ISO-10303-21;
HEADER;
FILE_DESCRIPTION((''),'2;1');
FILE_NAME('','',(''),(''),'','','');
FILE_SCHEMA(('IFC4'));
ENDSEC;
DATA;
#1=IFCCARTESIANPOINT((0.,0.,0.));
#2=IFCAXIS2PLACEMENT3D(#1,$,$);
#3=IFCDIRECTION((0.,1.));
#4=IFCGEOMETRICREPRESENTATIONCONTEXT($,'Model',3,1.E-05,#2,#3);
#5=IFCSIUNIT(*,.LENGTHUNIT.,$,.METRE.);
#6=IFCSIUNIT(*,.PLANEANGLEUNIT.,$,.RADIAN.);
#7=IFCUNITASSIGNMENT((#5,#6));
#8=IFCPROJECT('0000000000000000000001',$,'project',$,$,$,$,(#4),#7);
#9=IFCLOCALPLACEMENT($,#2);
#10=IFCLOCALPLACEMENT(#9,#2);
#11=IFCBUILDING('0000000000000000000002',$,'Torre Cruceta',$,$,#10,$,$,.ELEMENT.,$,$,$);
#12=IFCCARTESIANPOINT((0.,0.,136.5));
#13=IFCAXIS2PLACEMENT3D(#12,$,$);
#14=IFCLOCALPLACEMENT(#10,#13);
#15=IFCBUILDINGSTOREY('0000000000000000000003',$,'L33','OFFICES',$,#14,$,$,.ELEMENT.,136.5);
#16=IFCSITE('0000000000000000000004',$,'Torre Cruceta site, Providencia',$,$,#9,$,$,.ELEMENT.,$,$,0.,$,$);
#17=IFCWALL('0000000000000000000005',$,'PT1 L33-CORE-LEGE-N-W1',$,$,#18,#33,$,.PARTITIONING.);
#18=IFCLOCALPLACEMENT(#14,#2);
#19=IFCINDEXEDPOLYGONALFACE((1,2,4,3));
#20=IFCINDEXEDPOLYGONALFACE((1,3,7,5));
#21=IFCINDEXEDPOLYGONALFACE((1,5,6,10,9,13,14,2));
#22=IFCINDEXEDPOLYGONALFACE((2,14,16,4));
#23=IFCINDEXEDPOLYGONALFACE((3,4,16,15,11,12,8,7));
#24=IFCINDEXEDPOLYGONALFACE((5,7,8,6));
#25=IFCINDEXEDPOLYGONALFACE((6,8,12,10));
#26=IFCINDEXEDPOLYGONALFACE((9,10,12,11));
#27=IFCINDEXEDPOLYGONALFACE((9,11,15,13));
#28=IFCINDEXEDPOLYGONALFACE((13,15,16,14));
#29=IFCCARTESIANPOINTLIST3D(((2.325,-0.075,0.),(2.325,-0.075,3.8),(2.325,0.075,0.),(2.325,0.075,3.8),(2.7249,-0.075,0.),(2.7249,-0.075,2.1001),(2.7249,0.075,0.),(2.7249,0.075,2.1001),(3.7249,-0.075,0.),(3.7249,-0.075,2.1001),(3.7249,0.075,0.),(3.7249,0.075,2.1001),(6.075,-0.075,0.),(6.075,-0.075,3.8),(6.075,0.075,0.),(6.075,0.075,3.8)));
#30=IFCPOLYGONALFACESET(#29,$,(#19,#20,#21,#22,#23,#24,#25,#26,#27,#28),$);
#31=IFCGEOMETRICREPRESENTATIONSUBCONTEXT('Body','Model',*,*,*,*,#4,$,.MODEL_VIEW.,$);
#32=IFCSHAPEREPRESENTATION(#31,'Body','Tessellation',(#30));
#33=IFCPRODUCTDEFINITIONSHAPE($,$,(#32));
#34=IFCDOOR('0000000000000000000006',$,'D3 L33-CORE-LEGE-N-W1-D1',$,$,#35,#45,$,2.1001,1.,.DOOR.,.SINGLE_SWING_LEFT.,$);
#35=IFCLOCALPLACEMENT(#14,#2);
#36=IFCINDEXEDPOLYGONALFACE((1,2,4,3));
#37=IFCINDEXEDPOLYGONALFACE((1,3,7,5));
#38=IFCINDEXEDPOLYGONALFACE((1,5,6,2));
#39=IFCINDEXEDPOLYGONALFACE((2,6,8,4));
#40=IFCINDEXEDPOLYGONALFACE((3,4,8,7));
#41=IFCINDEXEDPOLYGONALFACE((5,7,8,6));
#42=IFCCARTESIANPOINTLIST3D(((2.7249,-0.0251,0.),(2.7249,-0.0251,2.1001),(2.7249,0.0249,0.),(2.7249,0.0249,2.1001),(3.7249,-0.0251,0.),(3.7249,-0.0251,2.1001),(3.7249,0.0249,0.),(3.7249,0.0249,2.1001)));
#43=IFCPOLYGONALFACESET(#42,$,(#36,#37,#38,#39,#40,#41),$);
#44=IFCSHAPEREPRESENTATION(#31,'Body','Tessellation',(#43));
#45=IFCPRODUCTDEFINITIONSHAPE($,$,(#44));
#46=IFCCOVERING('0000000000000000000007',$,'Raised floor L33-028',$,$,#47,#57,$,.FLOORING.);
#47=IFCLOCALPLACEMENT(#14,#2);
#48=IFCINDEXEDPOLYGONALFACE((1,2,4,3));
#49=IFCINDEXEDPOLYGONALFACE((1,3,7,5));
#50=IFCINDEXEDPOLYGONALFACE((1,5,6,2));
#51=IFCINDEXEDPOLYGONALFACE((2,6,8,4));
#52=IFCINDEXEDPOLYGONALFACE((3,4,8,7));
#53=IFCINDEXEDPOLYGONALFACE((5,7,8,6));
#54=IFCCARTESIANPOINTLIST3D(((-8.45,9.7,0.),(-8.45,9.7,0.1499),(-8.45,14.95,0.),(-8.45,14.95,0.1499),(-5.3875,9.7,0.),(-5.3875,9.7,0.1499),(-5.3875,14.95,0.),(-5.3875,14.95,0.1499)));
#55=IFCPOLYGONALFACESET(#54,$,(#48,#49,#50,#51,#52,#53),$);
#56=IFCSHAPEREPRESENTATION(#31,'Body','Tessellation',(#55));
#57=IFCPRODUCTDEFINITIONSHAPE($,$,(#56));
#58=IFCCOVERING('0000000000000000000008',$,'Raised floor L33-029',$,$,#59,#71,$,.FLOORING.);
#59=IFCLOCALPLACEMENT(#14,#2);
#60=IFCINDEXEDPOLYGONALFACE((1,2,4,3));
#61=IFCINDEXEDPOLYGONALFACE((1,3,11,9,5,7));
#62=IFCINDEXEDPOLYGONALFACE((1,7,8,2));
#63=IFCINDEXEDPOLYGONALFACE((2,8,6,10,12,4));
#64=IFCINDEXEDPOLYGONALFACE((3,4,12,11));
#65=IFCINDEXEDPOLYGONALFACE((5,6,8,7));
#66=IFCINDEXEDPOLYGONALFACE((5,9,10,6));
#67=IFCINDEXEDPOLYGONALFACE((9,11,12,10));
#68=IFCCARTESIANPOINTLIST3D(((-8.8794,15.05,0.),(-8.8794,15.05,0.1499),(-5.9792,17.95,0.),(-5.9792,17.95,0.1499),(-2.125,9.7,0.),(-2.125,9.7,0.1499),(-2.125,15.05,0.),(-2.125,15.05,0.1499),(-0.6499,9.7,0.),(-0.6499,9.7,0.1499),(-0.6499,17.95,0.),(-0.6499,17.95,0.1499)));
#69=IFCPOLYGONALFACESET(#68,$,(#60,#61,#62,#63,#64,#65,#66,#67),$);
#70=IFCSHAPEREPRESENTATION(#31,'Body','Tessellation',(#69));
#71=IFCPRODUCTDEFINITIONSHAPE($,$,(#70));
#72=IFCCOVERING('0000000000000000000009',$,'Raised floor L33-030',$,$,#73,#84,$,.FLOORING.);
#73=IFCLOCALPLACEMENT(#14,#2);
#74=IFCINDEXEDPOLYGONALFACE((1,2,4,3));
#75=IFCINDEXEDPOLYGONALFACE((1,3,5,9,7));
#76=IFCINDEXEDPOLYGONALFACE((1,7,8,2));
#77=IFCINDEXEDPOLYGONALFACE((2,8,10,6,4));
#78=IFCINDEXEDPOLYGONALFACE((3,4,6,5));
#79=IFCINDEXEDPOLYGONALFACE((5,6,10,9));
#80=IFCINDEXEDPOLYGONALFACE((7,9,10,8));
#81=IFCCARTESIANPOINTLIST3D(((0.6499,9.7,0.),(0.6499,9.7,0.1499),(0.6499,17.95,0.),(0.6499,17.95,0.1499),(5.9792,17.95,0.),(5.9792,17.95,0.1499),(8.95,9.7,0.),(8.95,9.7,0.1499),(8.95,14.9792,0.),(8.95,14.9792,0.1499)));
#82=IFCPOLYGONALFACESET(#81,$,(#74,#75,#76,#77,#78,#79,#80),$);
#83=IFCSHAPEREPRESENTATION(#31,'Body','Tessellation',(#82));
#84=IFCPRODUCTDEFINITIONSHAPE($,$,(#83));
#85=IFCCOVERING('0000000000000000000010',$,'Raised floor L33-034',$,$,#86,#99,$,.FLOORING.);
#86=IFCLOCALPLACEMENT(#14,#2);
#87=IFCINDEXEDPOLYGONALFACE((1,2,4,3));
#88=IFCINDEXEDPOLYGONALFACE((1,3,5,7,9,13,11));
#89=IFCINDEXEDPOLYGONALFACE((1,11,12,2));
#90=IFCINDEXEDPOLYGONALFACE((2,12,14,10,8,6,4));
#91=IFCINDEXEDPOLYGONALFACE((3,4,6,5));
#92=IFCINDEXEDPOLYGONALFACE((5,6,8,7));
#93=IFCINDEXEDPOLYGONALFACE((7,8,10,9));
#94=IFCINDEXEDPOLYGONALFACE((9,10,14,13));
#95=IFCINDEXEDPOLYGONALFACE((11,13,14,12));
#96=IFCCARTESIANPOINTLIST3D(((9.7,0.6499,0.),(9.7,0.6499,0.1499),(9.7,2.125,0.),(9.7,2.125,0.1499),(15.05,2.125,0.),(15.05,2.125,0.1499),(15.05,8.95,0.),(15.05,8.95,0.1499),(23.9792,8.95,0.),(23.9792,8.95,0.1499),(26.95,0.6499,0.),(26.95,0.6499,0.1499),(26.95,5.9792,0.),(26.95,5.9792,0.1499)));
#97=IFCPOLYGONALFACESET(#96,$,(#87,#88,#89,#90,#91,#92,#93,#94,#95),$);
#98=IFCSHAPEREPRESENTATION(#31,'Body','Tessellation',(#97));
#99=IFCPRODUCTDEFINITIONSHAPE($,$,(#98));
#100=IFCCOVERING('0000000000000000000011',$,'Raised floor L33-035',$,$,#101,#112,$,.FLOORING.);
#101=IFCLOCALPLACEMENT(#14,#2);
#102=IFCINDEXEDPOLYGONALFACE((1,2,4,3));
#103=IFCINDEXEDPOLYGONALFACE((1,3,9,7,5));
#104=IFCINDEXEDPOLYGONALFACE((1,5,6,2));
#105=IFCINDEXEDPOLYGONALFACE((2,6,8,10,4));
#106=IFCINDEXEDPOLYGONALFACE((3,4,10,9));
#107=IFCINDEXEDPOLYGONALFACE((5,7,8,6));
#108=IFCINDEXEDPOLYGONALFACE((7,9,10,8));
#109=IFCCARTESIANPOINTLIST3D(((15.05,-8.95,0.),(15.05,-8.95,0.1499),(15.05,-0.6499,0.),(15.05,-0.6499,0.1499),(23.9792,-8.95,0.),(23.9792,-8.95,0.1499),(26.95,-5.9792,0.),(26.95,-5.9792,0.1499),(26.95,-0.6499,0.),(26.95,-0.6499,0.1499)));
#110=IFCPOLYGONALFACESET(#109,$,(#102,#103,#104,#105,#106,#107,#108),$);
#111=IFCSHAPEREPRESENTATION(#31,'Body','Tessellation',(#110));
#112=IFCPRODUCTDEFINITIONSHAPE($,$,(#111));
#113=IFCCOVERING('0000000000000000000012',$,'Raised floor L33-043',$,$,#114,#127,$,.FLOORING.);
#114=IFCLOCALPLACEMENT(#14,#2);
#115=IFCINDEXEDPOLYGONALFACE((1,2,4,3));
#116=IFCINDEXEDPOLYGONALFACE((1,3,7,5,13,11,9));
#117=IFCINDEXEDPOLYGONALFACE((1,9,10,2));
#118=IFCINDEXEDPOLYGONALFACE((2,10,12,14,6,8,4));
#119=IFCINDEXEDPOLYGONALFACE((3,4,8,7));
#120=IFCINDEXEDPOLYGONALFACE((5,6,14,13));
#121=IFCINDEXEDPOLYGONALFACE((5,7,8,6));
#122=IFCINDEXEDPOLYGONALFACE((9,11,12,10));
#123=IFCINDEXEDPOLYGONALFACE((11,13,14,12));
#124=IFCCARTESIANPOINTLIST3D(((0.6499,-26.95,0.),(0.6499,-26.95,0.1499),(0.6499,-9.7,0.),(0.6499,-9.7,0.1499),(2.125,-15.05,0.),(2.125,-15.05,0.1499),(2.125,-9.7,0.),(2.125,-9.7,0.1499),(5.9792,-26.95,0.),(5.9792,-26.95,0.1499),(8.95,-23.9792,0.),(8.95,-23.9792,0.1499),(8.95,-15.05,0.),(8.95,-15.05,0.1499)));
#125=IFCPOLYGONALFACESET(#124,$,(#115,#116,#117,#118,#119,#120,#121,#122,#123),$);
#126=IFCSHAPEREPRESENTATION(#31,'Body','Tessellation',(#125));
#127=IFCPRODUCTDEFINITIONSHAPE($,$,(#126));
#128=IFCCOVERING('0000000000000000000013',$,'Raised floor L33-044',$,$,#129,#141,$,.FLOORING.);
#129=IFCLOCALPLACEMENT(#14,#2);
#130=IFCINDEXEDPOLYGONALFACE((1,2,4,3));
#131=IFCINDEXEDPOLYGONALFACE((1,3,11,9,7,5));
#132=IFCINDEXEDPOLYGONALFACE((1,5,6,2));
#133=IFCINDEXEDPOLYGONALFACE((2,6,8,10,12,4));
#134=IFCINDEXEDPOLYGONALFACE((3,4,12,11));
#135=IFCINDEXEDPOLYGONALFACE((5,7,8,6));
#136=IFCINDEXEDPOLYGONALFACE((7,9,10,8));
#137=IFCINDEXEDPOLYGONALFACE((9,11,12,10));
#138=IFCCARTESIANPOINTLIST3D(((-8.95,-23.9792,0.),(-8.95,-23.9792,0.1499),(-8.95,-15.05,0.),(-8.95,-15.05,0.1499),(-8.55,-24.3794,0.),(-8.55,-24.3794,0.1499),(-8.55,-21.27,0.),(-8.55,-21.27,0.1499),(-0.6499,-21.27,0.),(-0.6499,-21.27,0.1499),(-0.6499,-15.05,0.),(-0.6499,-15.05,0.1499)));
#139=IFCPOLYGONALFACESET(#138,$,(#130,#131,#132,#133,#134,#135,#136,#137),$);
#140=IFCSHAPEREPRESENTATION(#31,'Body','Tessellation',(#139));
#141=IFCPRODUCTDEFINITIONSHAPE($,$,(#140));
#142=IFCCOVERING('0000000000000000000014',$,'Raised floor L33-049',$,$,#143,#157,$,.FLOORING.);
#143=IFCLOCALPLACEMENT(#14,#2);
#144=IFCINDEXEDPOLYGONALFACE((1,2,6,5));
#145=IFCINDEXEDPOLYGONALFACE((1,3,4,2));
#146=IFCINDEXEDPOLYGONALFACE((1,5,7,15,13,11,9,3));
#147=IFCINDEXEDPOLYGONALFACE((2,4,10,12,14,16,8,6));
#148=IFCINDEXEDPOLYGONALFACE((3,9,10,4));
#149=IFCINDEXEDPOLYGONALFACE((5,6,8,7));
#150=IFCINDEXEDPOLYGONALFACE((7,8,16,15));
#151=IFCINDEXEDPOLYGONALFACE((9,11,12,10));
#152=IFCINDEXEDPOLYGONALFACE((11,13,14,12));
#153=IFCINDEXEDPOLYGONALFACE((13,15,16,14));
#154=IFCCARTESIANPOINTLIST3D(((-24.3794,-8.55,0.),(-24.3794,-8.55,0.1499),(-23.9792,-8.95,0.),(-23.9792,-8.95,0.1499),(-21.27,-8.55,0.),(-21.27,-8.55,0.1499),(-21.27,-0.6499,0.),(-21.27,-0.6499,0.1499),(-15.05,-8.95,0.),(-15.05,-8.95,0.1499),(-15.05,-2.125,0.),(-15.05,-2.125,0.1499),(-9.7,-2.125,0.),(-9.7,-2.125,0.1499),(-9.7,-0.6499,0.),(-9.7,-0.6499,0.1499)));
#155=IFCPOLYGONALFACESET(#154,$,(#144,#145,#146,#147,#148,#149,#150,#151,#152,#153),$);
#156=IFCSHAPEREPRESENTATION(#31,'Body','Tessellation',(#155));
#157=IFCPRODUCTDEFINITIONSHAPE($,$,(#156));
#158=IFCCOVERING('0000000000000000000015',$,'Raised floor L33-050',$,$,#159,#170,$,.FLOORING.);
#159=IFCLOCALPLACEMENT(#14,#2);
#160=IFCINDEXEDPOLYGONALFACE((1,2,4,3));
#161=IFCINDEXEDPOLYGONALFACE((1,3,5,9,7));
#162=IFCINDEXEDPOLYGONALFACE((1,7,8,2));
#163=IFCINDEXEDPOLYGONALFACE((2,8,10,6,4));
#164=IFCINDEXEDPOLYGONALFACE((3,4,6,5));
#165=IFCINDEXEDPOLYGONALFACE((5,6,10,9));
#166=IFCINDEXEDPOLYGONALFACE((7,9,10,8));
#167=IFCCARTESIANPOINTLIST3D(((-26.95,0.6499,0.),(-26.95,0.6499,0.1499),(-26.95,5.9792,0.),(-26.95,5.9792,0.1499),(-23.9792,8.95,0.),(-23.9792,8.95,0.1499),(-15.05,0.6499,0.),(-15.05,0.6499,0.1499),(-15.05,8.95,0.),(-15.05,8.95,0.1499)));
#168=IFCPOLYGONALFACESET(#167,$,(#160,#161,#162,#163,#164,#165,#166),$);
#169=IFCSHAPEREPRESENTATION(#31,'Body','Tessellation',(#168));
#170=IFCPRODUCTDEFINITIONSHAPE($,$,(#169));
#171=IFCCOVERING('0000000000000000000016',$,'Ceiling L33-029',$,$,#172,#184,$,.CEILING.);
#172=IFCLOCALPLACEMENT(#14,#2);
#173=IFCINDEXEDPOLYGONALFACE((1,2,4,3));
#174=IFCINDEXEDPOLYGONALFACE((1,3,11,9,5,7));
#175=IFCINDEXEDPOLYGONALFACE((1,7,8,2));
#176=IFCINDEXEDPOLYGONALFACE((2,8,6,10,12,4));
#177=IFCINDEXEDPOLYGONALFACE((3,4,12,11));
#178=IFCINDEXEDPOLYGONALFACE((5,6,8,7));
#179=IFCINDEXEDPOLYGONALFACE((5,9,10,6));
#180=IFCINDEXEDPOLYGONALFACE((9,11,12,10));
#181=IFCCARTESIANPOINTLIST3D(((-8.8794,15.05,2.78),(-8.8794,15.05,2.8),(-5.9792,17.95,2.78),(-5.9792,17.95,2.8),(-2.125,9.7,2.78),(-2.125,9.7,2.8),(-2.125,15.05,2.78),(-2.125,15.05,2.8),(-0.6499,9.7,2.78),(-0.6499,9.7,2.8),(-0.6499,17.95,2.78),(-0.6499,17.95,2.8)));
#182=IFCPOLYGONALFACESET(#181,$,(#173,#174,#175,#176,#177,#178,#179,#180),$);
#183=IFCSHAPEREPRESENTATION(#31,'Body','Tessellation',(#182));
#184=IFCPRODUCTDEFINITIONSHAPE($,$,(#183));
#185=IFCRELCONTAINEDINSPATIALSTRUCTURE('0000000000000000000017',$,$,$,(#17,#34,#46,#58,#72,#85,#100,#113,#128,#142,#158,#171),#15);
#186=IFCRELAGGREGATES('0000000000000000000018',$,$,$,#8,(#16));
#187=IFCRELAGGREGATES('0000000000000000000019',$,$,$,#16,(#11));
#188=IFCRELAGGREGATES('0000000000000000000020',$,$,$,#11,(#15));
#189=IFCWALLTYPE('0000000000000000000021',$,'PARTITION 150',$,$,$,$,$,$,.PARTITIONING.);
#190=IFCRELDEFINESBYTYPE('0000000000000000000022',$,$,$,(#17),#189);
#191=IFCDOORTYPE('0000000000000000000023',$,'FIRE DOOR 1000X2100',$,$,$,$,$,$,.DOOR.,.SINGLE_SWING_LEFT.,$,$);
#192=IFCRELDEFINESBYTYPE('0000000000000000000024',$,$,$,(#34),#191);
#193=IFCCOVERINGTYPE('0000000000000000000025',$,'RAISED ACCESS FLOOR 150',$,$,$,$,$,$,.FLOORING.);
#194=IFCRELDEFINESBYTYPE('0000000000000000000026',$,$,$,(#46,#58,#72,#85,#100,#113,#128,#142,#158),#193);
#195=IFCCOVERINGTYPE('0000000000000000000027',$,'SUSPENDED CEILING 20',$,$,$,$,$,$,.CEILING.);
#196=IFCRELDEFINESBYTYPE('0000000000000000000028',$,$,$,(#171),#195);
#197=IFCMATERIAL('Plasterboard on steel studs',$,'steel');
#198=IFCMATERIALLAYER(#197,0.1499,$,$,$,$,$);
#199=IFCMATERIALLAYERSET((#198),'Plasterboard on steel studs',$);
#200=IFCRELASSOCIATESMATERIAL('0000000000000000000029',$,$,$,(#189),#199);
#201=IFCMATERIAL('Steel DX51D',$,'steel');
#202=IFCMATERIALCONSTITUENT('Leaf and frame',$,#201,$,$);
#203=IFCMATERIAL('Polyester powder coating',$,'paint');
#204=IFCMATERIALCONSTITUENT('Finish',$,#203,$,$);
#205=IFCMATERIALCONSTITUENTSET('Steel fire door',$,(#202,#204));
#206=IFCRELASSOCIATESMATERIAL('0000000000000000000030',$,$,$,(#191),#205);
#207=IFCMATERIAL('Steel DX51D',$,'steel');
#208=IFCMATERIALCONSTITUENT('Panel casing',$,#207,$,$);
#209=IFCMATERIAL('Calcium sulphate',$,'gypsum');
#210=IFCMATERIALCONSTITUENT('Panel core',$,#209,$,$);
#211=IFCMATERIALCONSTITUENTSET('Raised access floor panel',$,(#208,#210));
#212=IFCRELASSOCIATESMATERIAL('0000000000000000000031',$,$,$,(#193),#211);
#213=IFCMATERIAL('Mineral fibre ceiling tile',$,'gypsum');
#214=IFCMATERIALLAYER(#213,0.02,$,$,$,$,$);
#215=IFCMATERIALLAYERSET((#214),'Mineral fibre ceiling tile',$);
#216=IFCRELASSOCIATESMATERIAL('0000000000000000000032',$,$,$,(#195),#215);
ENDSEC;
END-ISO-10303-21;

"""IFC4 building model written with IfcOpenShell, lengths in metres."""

from ifc_helpers import new_model, si_unit, direction, frame, frame_2d, origin, place, context, subcontext, project, spatial, polyline, rectangle, outline, extrude, material, layer, layer_set, constituent, constituent_set, type_object, element, fill, save


model = new_model("IFC4")

# Units and contexts
model_context = context("Model", 3, precision=1e-05, world=origin(), true_north=direction((0.0, 1.0)))
body_context = subcontext(model_context, "Body", "Model", "MODEL_VIEW")
ifc_project = project(units=[si_unit("LENGTHUNIT", "METRE"), si_unit("PLANEANGLEUNIT", "RADIAN")], contexts=[model_context])

# Site, building, storey
site_placement = place(None, origin())
site = spatial("IfcSite", under=ifc_project, at=site_placement, Name="Torre Cruceta site, Providencia", CompositionType="ELEMENT", RefElevation=0.0)
building_placement = place(site_placement, origin())
building = spatial("IfcBuilding", under=site, at=building_placement, Name="Torre Cruceta", CompositionType="ELEMENT")
storey_placement = place(building_placement, frame((0.0, 0.0, 136.5)))
storey = spatial("IfcBuildingStorey", under=building, at=storey_placement, Name="L33", Description="OFFICES", CompositionType="ELEMENT", Elevation=136.5)

# Wall, opening, door
ifc_material_1 = material(Name="Plasterboard on steel studs", Category="steel")
ifc_layer_1 = layer(ifc_material_1, 0.1499)
ifc_layer_set_1 = layer_set([ifc_layer_1], Name="Plasterboard on steel studs")
wall_type = type_object("IfcWallType", Name="PARTITION 150", PredefinedType="PARTITIONING", material=ifc_layer_set_1)
wall_placement = place(storey_placement, frame((2.325, 0.0, 0.0), z_axis=(0.0, 0.0, 1.0), x_axis=(1.0, 0.0, 0.0)))
wall = element("IfcWall", 1, at=wall_placement, inside=storey, type_object=wall_type, Name="PT1 L33-CORE-LEGE-N-W1", PredefinedType="PARTITIONING", context=body_context, shape_type="SweptSolid", body=[
    extrude(rectangle(XDim=3.75, YDim=0.1499, at=frame_2d((1.875, 0.0))), origin(), (0.0, 0.0, 1.0), 3.8),
])
opening_placement = place(wall_placement, frame((0.3999, 0.0, 0.0)))
opening = element("IfcOpeningElement", 2, at=opening_placement, cuts=wall, PredefinedType="OPENING", context=body_context, shape_type="SweptSolid", body=[
    extrude(rectangle(XDim=1.0, YDim=2.1001, at=frame_2d((0.5, 1.05))), frame((0.0, 0.085, 0.0), z_axis=(0.0, -1.0, 0.0), x_axis=(1.0, 0.0, 0.0)), (0.0, 0.0, 1.0), 0.1699),
])
ifc_material_2 = material(Name="Steel DX51D", Category="steel")
ifc_constituent_1 = constituent(ifc_material_2, Name="Leaf and frame")
ifc_material_3 = material(Name="Polyester powder coating", Category="paint")
ifc_constituent_2 = constituent(ifc_material_3, Name="Finish")
ifc_constituent_set_1 = constituent_set(constituents=[ifc_constituent_1, ifc_constituent_2], Name="Steel fire door")
door_type = type_object("IfcDoorType", Name="FIRE DOOR 1000X2100", OperationType="SINGLE_SWING_LEFT", PredefinedType="DOOR", material=ifc_constituent_set_1)
door_placement = place(opening_placement, origin())
door = element("IfcDoor", 3, at=door_placement, inside=storey, type_object=door_type, Name="D3 L33-CORE-LEGE-N-W1-D1", OperationType="SINGLE_SWING_LEFT", OverallHeight=2.1001, OverallWidth=1.0, PredefinedType="DOOR", context=body_context, shape_type="SweptSolid", body=[
    extrude(rectangle(XDim=1.0, YDim=2.1001, at=frame_2d((0.5, 1.05))), frame((0.0, 0.0249, 0.0), z_axis=(0.0, -1.0, 0.0), x_axis=(1.0, 0.0, 0.0)), (0.0, 0.0, 1.0), 0.05),
])
fill(opening, door)

# Coverings
ifc_material_4 = material(Name="Steel DX51D", Category="steel")
ifc_constituent_3 = constituent(ifc_material_4, Name="Panel casing")
ifc_material_5 = material(Name="Calcium sulphate", Category="gypsum")
ifc_constituent_4 = constituent(ifc_material_5, Name="Panel core")
ifc_constituent_set_2 = constituent_set(constituents=[ifc_constituent_3, ifc_constituent_4], Name="Raised access floor panel")
covering_type_1 = type_object("IfcCoveringType", Name="RAISED ACCESS FLOOR 150", PredefinedType="FLOORING", material=ifc_constituent_set_2)
covering_1_placement = place(storey_placement, origin())
element("IfcCovering", 4, at=covering_1_placement, inside=storey, type_object=covering_type_1, Name="Raised floor L33-028", PredefinedType="FLOORING", context=body_context, shape_type="SweptSolid", body=[
    extrude(outline(polyline([(-5.3875, 9.7), (-8.45, 9.7), (-8.45, 14.95), (-5.3875, 14.95), (-5.3875, 9.7)])), origin(), (0.0, 0.0, 1.0), 0.1499),
])
covering_2_placement = place(storey_placement, origin())
element("IfcCovering", 5, at=covering_2_placement, inside=storey, type_object=covering_type_1, Name="Raised floor L33-029", PredefinedType="FLOORING", context=body_context, shape_type="SweptSolid", body=[
    extrude(outline(polyline([(-0.6499, 17.95), (-0.6499, 9.7), (-2.125, 9.7), (-2.125, 15.05), (-8.8794, 15.05), (-5.9792, 17.95), (-0.6499, 17.95)])), origin(), (0.0, 0.0, 1.0), 0.1499),
])
covering_3_placement = place(storey_placement, origin())
element("IfcCovering", 6, at=covering_3_placement, inside=storey, type_object=covering_type_1, Name="Raised floor L33-030", PredefinedType="FLOORING", context=body_context, shape_type="SweptSolid", body=[
    extrude(outline(polyline([(5.9792, 17.95), (8.95, 14.9792), (8.95, 9.7), (0.6499, 9.7), (0.6499, 17.95), (5.9792, 17.95)])), origin(), (0.0, 0.0, 1.0), 0.1499),
])
covering_4_placement = place(storey_placement, origin())
element("IfcCovering", 7, at=covering_4_placement, inside=storey, type_object=covering_type_1, Name="Raised floor L33-034", PredefinedType="FLOORING", context=body_context, shape_type="SweptSolid", body=[
    extrude(outline(polyline([(26.95, 0.6499), (9.7, 0.6499), (9.7, 2.125), (15.05, 2.125), (15.05, 8.95), (23.9792, 8.95), (26.95, 5.9792), (26.95, 0.6499)])), origin(), (0.0, 0.0, 1.0), 0.1499),
])
covering_5_placement = place(storey_placement, origin())
element("IfcCovering", 8, at=covering_5_placement, inside=storey, type_object=covering_type_1, Name="Raised floor L33-035", PredefinedType="FLOORING", context=body_context, shape_type="SweptSolid", body=[
    extrude(outline(polyline([(26.95, -5.9792), (23.9792, -8.95), (15.05, -8.95), (15.05, -0.6499), (26.95, -0.6499), (26.95, -5.9792)])), origin(), (0.0, 0.0, 1.0), 0.1499),
])
covering_6_placement = place(storey_placement, origin())
element("IfcCovering", 9, at=covering_6_placement, inside=storey, type_object=covering_type_1, Name="Raised floor L33-043", PredefinedType="FLOORING", context=body_context, shape_type="SweptSolid", body=[
    extrude(outline(polyline([(2.125, -9.7), (2.125, -15.05), (8.95, -15.05), (8.95, -23.9792), (5.9792, -26.95), (0.6499, -26.95), (0.6499, -9.7), (2.125, -9.7)])), origin(), (0.0, 0.0, 1.0), 0.1499),
])
covering_7_placement = place(storey_placement, origin())
element("IfcCovering", 10, at=covering_7_placement, inside=storey, type_object=covering_type_1, Name="Raised floor L33-044", PredefinedType="FLOORING", context=body_context, shape_type="SweptSolid", body=[
    extrude(outline(polyline([(-8.55, -21.27), (-8.55, -24.3794), (-8.95, -23.9792), (-8.95, -15.05), (-0.6499, -15.05), (-0.6499, -21.27), (-8.55, -21.27)])), origin(), (0.0, 0.0, 1.0), 0.1499),
])
covering_8_placement = place(storey_placement, origin())
element("IfcCovering", 11, at=covering_8_placement, inside=storey, type_object=covering_type_1, Name="Raised floor L33-049", PredefinedType="FLOORING", context=body_context, shape_type="SweptSolid", body=[
    extrude(outline(polyline([(-9.7, -2.125), (-15.05, -2.125), (-15.05, -8.95), (-23.9792, -8.95), (-24.3794, -8.55), (-21.27, -8.55), (-21.27, -0.6499), (-9.7, -0.6499), (-9.7, -2.125)])), origin(), (0.0, 0.0, 1.0), 0.1499),
])
covering_9_placement = place(storey_placement, origin())
element("IfcCovering", 12, at=covering_9_placement, inside=storey, type_object=covering_type_1, Name="Raised floor L33-050", PredefinedType="FLOORING", context=body_context, shape_type="SweptSolid", body=[
    extrude(outline(polyline([(-23.9792, 8.95), (-15.05, 8.95), (-15.05, 0.6499), (-26.95, 0.6499), (-26.95, 5.9792), (-23.9792, 8.95)])), origin(), (0.0, 0.0, 1.0), 0.1499),
])
ifc_material_6 = material(Name="Mineral fibre ceiling tile", Category="gypsum")
ifc_layer_2 = layer(ifc_material_6, 0.02)
ifc_layer_set_2 = layer_set([ifc_layer_2], Name="Mineral fibre ceiling tile")
covering_type_2 = type_object("IfcCoveringType", Name="SUSPENDED CEILING 20", PredefinedType="CEILING", material=ifc_layer_set_2)
covering_10_placement = place(storey_placement, frame((0.0, 0.0, 2.78)))
element("IfcCovering", 13, at=covering_10_placement, inside=storey, type_object=covering_type_2, Name="Ceiling L33-029", PredefinedType="CEILING", context=body_context, shape_type="SweptSolid", body=[
    extrude(outline(polyline([(-0.6499, 17.95), (-0.6499, 9.7), (-2.125, 9.7), (-2.125, 15.05), (-8.8794, 15.05), (-5.9792, 17.95), (-0.6499, 17.95)])), origin(), (0.0, 0.0, 1.0), 0.02),
])

save(model, "model.ifc")
